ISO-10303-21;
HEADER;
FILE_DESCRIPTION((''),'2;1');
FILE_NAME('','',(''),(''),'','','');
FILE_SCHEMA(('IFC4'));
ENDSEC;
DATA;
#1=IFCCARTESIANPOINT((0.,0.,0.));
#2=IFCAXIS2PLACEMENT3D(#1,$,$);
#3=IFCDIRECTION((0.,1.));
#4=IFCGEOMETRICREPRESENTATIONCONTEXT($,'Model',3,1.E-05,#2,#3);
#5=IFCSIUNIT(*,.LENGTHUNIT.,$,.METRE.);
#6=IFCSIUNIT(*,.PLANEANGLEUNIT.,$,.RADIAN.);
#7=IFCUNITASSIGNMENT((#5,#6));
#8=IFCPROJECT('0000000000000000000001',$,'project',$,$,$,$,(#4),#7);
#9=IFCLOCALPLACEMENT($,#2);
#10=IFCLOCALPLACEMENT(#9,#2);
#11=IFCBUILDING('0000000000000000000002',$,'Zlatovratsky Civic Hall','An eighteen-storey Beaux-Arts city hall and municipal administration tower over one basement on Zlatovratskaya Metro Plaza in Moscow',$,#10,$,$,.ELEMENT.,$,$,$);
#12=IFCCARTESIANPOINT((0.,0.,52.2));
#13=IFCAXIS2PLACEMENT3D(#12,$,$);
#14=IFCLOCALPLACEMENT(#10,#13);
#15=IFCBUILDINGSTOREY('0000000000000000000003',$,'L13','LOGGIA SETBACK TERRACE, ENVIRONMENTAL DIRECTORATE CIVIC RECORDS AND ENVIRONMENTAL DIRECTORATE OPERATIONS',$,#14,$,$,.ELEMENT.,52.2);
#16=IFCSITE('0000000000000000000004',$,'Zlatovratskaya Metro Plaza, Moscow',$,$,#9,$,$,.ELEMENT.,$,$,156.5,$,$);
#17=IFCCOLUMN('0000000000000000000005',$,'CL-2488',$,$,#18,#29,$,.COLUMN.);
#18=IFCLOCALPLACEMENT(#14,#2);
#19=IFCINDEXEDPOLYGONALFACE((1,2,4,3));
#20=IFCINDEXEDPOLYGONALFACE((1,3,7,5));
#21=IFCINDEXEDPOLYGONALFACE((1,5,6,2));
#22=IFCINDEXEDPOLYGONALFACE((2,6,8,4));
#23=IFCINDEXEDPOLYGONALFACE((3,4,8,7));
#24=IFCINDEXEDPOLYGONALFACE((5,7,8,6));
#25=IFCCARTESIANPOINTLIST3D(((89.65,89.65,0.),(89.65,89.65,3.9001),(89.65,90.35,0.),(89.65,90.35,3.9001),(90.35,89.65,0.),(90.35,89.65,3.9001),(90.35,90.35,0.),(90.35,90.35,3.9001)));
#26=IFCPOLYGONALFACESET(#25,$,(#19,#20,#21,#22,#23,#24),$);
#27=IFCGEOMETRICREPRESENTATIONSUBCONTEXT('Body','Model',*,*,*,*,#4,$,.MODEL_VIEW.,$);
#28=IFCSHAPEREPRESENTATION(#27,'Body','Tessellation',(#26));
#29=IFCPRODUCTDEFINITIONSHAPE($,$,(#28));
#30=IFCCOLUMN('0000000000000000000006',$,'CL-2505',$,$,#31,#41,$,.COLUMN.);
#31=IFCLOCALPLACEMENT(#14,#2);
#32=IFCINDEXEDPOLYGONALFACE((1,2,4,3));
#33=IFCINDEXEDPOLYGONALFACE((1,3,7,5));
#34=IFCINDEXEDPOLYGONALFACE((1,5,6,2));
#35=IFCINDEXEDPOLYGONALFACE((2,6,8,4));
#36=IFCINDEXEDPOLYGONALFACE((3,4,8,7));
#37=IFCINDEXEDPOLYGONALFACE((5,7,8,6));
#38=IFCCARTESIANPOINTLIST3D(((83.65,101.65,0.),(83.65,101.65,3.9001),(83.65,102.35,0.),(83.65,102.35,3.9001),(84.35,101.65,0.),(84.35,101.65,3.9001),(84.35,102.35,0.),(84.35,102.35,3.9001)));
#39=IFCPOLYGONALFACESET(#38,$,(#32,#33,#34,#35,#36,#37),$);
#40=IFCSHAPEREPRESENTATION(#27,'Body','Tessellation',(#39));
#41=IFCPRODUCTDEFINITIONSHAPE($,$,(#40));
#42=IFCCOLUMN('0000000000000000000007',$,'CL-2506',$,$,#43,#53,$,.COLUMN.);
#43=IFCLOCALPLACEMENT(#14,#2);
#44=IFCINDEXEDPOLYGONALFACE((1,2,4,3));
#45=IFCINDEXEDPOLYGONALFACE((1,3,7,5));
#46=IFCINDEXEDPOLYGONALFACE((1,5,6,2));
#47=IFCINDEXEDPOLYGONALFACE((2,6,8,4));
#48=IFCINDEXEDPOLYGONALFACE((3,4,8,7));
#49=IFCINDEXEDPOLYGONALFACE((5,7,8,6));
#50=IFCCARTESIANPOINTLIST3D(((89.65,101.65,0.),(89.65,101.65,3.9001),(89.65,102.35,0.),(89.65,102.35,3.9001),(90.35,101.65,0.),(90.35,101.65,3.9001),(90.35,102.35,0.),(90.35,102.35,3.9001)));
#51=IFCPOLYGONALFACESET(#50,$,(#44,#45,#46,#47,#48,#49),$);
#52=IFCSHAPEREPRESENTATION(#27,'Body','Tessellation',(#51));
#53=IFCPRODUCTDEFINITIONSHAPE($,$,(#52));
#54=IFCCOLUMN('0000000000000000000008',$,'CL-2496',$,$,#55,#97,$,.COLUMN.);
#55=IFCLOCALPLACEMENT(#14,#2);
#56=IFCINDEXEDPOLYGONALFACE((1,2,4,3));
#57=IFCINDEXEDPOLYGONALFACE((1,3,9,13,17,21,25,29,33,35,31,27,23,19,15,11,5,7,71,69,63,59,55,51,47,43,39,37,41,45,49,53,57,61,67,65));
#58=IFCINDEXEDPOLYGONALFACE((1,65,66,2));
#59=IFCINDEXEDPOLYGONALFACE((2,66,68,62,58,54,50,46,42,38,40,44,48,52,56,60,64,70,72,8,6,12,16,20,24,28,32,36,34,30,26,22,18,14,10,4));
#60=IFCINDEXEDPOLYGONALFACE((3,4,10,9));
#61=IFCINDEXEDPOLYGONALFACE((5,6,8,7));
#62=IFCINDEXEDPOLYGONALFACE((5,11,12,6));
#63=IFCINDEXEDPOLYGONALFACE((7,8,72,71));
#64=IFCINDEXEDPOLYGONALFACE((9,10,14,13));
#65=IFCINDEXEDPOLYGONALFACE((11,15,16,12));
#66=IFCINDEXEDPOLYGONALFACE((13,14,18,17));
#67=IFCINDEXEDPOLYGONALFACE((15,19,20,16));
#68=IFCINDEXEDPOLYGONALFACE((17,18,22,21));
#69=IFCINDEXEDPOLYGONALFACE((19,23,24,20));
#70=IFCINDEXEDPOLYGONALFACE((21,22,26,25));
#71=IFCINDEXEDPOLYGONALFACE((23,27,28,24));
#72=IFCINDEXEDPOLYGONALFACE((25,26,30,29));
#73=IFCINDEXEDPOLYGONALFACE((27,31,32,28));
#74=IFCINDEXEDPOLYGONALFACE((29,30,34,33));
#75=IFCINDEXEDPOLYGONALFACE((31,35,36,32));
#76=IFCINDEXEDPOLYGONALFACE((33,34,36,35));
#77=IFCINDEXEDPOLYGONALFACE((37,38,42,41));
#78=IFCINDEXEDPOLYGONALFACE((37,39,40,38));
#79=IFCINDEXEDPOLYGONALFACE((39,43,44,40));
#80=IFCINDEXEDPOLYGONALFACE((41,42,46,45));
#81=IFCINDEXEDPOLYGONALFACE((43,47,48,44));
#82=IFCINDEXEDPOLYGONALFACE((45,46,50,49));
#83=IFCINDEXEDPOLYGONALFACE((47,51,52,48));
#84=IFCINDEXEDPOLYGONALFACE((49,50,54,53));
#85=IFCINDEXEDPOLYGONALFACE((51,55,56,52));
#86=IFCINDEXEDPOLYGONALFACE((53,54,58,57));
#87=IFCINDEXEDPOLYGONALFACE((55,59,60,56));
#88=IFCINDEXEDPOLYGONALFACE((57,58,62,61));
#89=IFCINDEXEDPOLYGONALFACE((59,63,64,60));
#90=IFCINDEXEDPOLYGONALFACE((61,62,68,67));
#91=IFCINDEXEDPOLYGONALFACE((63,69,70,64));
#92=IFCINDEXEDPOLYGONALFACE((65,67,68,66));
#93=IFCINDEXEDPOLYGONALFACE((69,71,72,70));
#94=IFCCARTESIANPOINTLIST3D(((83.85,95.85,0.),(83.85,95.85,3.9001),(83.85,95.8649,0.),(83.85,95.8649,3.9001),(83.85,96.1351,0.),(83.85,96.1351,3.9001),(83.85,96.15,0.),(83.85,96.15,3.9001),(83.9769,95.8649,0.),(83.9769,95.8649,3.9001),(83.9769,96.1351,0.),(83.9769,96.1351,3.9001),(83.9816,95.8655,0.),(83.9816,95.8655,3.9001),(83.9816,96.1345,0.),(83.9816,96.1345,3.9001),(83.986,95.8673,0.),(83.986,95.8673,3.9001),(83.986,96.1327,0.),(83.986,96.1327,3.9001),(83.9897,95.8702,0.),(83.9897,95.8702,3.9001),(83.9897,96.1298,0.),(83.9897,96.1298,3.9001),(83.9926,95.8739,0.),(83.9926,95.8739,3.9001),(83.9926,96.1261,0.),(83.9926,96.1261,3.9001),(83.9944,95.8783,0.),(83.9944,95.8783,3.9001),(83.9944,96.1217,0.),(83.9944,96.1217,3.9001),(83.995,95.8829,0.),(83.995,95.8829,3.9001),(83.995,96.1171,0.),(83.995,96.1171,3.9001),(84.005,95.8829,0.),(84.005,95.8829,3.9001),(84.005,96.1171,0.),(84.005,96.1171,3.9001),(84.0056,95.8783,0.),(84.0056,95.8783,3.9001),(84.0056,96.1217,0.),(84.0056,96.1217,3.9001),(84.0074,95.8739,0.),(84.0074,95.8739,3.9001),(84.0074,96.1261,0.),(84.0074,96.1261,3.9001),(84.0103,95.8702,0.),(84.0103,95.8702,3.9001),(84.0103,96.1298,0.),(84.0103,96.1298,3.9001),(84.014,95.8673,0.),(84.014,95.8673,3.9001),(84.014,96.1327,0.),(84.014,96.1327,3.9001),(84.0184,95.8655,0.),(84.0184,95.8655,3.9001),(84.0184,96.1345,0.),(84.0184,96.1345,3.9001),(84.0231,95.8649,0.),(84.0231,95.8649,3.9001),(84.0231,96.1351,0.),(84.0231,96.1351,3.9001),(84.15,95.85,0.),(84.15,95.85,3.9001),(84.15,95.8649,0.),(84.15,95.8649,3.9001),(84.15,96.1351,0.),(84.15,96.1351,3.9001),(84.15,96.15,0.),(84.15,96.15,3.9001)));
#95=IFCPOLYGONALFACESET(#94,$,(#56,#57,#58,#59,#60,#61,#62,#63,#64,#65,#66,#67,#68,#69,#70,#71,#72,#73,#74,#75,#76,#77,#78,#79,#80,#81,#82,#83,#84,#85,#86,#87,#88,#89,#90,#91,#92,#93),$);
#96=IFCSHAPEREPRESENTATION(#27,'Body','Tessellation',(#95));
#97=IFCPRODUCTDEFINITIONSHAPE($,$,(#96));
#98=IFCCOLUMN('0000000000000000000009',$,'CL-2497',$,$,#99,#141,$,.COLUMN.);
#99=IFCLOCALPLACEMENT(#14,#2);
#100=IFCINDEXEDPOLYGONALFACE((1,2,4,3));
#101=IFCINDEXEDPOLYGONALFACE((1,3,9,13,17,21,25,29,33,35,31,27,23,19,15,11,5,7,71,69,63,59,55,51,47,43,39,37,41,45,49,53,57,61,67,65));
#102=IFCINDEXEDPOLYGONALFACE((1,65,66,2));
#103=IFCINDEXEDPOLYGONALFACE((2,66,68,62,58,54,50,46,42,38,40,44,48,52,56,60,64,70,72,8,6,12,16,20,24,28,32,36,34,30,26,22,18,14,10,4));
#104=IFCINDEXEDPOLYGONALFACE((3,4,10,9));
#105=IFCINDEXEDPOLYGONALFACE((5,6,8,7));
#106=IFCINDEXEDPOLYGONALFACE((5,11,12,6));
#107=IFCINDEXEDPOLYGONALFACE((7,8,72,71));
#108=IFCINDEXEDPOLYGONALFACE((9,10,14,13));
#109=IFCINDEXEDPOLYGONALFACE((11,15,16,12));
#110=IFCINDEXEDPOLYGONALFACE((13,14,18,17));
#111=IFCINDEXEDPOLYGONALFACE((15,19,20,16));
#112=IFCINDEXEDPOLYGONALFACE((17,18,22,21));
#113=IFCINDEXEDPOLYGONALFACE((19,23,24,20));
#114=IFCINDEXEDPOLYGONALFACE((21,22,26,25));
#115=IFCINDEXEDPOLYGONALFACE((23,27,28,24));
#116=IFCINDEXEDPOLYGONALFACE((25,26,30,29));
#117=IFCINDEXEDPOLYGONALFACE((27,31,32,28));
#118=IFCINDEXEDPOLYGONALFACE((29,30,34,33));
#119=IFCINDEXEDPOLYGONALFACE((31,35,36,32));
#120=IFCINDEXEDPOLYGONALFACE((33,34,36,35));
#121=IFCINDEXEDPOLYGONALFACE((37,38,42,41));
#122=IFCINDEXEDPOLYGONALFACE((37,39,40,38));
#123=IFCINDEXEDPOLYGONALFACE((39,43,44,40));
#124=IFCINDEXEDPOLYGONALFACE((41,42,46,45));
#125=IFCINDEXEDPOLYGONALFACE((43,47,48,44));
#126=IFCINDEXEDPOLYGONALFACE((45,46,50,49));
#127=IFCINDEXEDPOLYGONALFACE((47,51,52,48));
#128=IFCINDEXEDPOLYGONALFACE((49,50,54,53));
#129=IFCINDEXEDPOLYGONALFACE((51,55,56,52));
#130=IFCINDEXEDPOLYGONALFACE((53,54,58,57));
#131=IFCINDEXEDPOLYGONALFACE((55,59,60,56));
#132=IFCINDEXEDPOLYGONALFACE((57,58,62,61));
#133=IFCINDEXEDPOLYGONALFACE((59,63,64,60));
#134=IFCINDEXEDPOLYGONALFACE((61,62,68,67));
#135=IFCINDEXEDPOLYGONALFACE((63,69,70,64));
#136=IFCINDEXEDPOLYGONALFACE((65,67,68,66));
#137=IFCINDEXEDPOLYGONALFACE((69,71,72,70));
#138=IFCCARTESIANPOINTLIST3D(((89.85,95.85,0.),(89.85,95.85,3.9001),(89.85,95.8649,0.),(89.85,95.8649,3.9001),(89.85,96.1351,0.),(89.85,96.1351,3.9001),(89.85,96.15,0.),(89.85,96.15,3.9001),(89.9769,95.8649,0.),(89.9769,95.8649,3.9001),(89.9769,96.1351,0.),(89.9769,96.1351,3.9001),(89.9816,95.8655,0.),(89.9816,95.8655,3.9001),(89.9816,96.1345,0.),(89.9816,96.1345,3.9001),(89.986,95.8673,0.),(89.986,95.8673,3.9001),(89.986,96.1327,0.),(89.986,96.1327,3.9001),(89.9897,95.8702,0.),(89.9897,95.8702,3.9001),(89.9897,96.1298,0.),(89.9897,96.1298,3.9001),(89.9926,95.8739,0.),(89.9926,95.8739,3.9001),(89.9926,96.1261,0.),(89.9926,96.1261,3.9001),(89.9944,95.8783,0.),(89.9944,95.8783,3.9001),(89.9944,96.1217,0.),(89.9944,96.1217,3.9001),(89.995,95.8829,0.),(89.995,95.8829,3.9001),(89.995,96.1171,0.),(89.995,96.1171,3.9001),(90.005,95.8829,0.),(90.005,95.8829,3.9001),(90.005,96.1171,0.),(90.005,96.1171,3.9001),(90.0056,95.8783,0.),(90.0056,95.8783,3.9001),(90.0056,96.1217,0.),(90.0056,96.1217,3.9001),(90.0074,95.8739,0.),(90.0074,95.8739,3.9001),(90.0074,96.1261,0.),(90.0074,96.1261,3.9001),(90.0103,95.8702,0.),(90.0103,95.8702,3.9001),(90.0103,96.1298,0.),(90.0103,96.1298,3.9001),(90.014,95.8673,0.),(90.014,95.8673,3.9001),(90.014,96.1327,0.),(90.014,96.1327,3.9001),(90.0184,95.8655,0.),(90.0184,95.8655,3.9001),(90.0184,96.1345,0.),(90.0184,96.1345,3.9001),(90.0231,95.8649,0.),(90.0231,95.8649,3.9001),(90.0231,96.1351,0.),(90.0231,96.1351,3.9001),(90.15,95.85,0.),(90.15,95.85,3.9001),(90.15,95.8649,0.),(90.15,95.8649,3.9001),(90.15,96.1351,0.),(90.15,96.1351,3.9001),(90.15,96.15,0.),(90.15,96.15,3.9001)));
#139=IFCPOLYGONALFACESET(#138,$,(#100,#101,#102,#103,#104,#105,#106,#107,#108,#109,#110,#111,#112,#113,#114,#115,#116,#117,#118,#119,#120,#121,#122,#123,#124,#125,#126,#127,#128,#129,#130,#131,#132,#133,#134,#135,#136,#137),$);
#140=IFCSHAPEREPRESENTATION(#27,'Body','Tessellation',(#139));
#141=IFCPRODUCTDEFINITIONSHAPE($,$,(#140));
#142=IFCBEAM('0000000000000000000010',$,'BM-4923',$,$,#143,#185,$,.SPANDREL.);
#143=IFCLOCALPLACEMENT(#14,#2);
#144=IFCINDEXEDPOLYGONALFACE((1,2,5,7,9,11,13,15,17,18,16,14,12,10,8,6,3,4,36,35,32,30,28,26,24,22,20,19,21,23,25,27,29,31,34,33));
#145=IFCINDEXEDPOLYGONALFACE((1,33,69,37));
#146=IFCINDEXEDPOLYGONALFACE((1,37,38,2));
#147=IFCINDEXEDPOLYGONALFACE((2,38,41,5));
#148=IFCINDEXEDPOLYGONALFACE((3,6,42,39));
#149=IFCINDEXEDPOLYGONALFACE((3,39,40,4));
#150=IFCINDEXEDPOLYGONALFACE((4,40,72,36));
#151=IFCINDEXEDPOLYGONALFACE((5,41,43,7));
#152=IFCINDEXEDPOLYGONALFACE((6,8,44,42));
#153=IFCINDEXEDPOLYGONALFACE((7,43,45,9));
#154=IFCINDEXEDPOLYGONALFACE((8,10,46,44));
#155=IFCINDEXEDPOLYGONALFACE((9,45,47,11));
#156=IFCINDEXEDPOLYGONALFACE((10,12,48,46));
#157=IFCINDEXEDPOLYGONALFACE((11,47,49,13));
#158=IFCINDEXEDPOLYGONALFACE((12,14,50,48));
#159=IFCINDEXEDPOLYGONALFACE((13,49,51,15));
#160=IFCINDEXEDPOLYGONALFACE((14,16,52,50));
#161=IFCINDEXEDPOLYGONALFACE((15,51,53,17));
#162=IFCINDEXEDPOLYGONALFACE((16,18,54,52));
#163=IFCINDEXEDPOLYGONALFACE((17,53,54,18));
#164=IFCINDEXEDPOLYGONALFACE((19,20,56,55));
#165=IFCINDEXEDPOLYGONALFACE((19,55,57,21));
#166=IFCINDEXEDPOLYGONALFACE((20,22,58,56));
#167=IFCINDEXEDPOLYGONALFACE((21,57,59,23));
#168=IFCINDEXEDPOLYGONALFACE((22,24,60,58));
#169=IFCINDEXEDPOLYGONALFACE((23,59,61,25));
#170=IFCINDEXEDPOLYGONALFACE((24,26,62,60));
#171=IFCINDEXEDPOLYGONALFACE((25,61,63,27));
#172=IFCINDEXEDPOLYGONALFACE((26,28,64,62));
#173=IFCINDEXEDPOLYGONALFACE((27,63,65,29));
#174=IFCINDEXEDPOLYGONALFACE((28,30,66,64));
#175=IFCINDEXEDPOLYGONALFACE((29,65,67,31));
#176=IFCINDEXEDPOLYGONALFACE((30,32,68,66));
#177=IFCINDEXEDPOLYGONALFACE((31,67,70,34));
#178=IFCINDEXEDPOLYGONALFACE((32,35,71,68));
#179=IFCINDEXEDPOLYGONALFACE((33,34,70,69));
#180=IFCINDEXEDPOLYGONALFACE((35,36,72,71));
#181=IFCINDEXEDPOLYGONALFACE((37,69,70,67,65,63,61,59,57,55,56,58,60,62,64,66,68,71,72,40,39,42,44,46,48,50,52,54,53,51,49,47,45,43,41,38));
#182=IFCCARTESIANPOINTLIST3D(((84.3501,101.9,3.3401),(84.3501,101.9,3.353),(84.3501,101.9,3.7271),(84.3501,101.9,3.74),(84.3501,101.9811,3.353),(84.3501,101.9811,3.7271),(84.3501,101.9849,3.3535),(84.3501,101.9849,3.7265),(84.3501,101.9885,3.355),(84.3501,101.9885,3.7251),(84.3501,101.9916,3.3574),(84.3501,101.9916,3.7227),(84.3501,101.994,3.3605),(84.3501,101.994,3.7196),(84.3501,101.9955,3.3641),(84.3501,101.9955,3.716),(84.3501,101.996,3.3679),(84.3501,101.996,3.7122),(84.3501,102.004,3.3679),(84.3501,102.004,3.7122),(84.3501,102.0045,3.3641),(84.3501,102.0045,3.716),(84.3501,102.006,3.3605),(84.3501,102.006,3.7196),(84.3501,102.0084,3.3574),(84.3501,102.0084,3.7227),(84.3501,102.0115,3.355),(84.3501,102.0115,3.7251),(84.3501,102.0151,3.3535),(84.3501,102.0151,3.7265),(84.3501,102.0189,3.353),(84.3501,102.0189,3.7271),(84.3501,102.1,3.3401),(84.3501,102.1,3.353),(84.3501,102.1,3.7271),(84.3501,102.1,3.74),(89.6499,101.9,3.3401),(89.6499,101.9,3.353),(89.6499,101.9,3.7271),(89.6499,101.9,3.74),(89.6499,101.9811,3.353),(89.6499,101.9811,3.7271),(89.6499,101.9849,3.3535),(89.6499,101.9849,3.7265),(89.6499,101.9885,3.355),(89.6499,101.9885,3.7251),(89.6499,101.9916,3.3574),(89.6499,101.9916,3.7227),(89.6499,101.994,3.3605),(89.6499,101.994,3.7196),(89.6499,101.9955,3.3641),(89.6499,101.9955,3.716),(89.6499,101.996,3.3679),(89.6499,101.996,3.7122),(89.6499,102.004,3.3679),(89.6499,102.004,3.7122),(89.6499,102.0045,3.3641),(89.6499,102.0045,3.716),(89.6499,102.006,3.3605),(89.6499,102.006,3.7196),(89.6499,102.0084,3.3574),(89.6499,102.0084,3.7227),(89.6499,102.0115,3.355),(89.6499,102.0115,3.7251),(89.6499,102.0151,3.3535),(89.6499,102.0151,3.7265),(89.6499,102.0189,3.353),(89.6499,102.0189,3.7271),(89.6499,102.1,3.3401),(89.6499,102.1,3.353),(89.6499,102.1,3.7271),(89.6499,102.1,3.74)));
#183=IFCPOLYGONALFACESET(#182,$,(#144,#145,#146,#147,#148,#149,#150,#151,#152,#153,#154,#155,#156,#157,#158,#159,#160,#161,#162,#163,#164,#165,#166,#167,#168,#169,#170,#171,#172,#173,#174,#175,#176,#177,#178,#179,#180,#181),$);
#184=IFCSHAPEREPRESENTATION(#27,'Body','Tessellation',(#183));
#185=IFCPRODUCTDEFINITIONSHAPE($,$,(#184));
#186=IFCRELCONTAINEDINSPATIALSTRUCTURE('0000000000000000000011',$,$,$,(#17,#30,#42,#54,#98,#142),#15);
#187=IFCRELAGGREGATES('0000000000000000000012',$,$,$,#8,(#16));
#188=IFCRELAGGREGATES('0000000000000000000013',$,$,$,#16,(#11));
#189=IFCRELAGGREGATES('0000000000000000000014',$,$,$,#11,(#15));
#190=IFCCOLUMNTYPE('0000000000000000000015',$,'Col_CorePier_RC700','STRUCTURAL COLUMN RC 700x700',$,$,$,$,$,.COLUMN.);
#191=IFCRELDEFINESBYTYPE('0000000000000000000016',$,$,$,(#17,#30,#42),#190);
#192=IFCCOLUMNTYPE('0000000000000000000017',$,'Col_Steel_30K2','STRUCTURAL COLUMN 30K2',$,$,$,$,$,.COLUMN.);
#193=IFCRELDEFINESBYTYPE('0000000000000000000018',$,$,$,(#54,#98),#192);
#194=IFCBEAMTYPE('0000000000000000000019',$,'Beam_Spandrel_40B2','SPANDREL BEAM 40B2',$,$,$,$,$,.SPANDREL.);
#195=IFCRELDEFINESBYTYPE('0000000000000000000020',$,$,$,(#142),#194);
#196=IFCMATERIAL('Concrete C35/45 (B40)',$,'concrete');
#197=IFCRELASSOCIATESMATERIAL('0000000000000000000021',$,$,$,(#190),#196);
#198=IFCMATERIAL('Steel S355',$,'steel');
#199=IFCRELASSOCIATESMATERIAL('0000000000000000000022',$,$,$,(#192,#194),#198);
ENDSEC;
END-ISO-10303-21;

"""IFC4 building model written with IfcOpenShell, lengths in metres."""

from ifc_helpers import new_model, si_unit, direction, frame, origin, origin_2d, place, context, subcontext, project, spatial, rectangle, i_section, extrude, material, material_profile, profile_set, type_object, element, save


model = new_model("IFC4")

# Units and contexts
model_context = context("Model", 3, precision=1e-05, world=origin(), true_north=direction((0.0, 1.0)))
body_context = subcontext(model_context, "Body", "Model", "MODEL_VIEW")
ifc_project = project(units=[si_unit("LENGTHUNIT", "METRE"), si_unit("PLANEANGLEUNIT", "RADIAN")], contexts=[model_context])

# Site, building, storey
site_placement = place(None, origin())
site = spatial("IfcSite", under=ifc_project, at=site_placement, Name="Zlatovratskaya Metro Plaza, Moscow", CompositionType="ELEMENT", RefElevation=156.5)
building_placement = place(site_placement, origin())
building = spatial("IfcBuilding", under=site, at=building_placement, Name="Zlatovratsky Civic Hall", Description="An eighteen-storey Beaux-Arts city hall and municipal administration tower over one basement on Zlatovratskaya Metro Plaza in Moscow", CompositionType="ELEMENT")
storey_placement = place(building_placement, frame((0.0, 0.0, 52.2)))
storey = spatial("IfcBuildingStorey", under=building, at=storey_placement, Name="L13", Description="LOGGIA SETBACK TERRACE, ENVIRONMENTAL DIRECTORATE CIVIC RECORDS AND ENVIRONMENTAL DIRECTORATE OPERATIONS", CompositionType="ELEMENT", Elevation=52.2)

# Columns
ifc_material_1 = material(Name="Concrete C35/45 (B40)", Category="concrete")
ifc_material_profile_1 = material_profile(ifc_material_1, rectangle(XDim=0.7, YDim=0.7, at=origin_2d()), Name="RC 700x700")
ifc_profile_set_1 = profile_set([ifc_material_profile_1], Name="Concrete C35/45 (B40)")
column_type_1 = type_object("IfcColumnType", Name="Col_CorePier_RC700", Description="STRUCTURAL COLUMN RC 700x700", PredefinedType="COLUMN", material=ifc_profile_set_1)
for number, where, z_axis, x_axis, name in (
    (1, (90.0, 90.0, 0.0), (0.0, 0.0, 1.0), (1.0, 0.0, 0.0), "CL-2488"),
    (2, (84.0, 102.0, 0.0), (0.0, 0.0, 1.0), (1.0, 0.0, 0.0), "CL-2505"),
    (3, (90.0, 102.0, 0.0), (0.0, 0.0, 1.0), (1.0, 0.0, 0.0), "CL-2506"),
):
    element("IfcColumn", number, at=place(storey_placement, frame(where, z_axis=z_axis, x_axis=x_axis)), inside=storey, type_object=column_type_1, Name=name, PredefinedType="COLUMN", context=body_context, shape_type="SweptSolid", body=[
        extrude(rectangle(XDim=0.7, YDim=0.7, at=origin_2d()), origin(), (0.0, 0.0, 1.0), 3.9001),
    ])
ifc_material_2 = material(Name="Steel S355", Category="steel")
ifc_material_profile_2 = material_profile(ifc_material_2, i_section(OverallWidth=0.3, OverallDepth=0.3, WebThickness=0.01, FlangeThickness=0.0149, FilletRadius=0.0181, at=origin_2d()), Name="30K2")
ifc_profile_set_2 = profile_set([ifc_material_profile_2], Name="Steel S355")
column_type_2 = type_object("IfcColumnType", Name="Col_Steel_30K2", Description="STRUCTURAL COLUMN 30K2", PredefinedType="COLUMN", material=ifc_profile_set_2)
for number, where, z_axis, x_axis, name in (
    (4, (84.0, 96.0, 0.0), (0.0, 0.0, 1.0), (1.0, 0.0, 0.0), "CL-2496"),
    (5, (90.0, 96.0, 0.0), (0.0, 0.0, 1.0), (1.0, 0.0, 0.0), "CL-2497"),
):
    element("IfcColumn", number, at=place(storey_placement, frame(where, z_axis=z_axis, x_axis=x_axis)), inside=storey, type_object=column_type_2, Name=name, PredefinedType="COLUMN", context=body_context, shape_type="SweptSolid", body=[
        extrude(i_section(OverallWidth=0.3, OverallDepth=0.3, WebThickness=0.01, FlangeThickness=0.0149, FilletRadius=0.0181, at=origin_2d()), origin(), (0.0, 0.0, 1.0), 3.9001),
    ])

# Beam
ifc_material_profile_3 = material_profile(ifc_material_2, i_section(OverallWidth=0.2, OverallDepth=0.3999, WebThickness=0.0081, FlangeThickness=0.0129, FilletRadius=0.0149, at=origin_2d()), Name="40B2")
ifc_profile_set_3 = profile_set([ifc_material_profile_3], Name="Steel S355")
beam_type_1 = type_object("IfcBeamType", Name="Beam_Spandrel_40B2", Description="SPANDREL BEAM 40B2", PredefinedType="SPANDREL", material=ifc_profile_set_3)
beam_1_placement = place(storey_placement, frame((84.3501, 102.0, 3.54), z_axis=(1.0, 0.0, 0.0), x_axis=(0.0, 1.0, 0.0)))
element("IfcBeam", 6, at=beam_1_placement, inside=storey, type_object=beam_type_1, Name="BM-4923", PredefinedType="SPANDREL", context=body_context, shape_type="SweptSolid", body=[
    extrude(i_section(OverallWidth=0.2, OverallDepth=0.3999, WebThickness=0.0081, FlangeThickness=0.0129, FilletRadius=0.0149, at=origin_2d()), origin(), (0.0, 0.0, 1.0), 5.2998),
])

save(model, "model.ifc")
